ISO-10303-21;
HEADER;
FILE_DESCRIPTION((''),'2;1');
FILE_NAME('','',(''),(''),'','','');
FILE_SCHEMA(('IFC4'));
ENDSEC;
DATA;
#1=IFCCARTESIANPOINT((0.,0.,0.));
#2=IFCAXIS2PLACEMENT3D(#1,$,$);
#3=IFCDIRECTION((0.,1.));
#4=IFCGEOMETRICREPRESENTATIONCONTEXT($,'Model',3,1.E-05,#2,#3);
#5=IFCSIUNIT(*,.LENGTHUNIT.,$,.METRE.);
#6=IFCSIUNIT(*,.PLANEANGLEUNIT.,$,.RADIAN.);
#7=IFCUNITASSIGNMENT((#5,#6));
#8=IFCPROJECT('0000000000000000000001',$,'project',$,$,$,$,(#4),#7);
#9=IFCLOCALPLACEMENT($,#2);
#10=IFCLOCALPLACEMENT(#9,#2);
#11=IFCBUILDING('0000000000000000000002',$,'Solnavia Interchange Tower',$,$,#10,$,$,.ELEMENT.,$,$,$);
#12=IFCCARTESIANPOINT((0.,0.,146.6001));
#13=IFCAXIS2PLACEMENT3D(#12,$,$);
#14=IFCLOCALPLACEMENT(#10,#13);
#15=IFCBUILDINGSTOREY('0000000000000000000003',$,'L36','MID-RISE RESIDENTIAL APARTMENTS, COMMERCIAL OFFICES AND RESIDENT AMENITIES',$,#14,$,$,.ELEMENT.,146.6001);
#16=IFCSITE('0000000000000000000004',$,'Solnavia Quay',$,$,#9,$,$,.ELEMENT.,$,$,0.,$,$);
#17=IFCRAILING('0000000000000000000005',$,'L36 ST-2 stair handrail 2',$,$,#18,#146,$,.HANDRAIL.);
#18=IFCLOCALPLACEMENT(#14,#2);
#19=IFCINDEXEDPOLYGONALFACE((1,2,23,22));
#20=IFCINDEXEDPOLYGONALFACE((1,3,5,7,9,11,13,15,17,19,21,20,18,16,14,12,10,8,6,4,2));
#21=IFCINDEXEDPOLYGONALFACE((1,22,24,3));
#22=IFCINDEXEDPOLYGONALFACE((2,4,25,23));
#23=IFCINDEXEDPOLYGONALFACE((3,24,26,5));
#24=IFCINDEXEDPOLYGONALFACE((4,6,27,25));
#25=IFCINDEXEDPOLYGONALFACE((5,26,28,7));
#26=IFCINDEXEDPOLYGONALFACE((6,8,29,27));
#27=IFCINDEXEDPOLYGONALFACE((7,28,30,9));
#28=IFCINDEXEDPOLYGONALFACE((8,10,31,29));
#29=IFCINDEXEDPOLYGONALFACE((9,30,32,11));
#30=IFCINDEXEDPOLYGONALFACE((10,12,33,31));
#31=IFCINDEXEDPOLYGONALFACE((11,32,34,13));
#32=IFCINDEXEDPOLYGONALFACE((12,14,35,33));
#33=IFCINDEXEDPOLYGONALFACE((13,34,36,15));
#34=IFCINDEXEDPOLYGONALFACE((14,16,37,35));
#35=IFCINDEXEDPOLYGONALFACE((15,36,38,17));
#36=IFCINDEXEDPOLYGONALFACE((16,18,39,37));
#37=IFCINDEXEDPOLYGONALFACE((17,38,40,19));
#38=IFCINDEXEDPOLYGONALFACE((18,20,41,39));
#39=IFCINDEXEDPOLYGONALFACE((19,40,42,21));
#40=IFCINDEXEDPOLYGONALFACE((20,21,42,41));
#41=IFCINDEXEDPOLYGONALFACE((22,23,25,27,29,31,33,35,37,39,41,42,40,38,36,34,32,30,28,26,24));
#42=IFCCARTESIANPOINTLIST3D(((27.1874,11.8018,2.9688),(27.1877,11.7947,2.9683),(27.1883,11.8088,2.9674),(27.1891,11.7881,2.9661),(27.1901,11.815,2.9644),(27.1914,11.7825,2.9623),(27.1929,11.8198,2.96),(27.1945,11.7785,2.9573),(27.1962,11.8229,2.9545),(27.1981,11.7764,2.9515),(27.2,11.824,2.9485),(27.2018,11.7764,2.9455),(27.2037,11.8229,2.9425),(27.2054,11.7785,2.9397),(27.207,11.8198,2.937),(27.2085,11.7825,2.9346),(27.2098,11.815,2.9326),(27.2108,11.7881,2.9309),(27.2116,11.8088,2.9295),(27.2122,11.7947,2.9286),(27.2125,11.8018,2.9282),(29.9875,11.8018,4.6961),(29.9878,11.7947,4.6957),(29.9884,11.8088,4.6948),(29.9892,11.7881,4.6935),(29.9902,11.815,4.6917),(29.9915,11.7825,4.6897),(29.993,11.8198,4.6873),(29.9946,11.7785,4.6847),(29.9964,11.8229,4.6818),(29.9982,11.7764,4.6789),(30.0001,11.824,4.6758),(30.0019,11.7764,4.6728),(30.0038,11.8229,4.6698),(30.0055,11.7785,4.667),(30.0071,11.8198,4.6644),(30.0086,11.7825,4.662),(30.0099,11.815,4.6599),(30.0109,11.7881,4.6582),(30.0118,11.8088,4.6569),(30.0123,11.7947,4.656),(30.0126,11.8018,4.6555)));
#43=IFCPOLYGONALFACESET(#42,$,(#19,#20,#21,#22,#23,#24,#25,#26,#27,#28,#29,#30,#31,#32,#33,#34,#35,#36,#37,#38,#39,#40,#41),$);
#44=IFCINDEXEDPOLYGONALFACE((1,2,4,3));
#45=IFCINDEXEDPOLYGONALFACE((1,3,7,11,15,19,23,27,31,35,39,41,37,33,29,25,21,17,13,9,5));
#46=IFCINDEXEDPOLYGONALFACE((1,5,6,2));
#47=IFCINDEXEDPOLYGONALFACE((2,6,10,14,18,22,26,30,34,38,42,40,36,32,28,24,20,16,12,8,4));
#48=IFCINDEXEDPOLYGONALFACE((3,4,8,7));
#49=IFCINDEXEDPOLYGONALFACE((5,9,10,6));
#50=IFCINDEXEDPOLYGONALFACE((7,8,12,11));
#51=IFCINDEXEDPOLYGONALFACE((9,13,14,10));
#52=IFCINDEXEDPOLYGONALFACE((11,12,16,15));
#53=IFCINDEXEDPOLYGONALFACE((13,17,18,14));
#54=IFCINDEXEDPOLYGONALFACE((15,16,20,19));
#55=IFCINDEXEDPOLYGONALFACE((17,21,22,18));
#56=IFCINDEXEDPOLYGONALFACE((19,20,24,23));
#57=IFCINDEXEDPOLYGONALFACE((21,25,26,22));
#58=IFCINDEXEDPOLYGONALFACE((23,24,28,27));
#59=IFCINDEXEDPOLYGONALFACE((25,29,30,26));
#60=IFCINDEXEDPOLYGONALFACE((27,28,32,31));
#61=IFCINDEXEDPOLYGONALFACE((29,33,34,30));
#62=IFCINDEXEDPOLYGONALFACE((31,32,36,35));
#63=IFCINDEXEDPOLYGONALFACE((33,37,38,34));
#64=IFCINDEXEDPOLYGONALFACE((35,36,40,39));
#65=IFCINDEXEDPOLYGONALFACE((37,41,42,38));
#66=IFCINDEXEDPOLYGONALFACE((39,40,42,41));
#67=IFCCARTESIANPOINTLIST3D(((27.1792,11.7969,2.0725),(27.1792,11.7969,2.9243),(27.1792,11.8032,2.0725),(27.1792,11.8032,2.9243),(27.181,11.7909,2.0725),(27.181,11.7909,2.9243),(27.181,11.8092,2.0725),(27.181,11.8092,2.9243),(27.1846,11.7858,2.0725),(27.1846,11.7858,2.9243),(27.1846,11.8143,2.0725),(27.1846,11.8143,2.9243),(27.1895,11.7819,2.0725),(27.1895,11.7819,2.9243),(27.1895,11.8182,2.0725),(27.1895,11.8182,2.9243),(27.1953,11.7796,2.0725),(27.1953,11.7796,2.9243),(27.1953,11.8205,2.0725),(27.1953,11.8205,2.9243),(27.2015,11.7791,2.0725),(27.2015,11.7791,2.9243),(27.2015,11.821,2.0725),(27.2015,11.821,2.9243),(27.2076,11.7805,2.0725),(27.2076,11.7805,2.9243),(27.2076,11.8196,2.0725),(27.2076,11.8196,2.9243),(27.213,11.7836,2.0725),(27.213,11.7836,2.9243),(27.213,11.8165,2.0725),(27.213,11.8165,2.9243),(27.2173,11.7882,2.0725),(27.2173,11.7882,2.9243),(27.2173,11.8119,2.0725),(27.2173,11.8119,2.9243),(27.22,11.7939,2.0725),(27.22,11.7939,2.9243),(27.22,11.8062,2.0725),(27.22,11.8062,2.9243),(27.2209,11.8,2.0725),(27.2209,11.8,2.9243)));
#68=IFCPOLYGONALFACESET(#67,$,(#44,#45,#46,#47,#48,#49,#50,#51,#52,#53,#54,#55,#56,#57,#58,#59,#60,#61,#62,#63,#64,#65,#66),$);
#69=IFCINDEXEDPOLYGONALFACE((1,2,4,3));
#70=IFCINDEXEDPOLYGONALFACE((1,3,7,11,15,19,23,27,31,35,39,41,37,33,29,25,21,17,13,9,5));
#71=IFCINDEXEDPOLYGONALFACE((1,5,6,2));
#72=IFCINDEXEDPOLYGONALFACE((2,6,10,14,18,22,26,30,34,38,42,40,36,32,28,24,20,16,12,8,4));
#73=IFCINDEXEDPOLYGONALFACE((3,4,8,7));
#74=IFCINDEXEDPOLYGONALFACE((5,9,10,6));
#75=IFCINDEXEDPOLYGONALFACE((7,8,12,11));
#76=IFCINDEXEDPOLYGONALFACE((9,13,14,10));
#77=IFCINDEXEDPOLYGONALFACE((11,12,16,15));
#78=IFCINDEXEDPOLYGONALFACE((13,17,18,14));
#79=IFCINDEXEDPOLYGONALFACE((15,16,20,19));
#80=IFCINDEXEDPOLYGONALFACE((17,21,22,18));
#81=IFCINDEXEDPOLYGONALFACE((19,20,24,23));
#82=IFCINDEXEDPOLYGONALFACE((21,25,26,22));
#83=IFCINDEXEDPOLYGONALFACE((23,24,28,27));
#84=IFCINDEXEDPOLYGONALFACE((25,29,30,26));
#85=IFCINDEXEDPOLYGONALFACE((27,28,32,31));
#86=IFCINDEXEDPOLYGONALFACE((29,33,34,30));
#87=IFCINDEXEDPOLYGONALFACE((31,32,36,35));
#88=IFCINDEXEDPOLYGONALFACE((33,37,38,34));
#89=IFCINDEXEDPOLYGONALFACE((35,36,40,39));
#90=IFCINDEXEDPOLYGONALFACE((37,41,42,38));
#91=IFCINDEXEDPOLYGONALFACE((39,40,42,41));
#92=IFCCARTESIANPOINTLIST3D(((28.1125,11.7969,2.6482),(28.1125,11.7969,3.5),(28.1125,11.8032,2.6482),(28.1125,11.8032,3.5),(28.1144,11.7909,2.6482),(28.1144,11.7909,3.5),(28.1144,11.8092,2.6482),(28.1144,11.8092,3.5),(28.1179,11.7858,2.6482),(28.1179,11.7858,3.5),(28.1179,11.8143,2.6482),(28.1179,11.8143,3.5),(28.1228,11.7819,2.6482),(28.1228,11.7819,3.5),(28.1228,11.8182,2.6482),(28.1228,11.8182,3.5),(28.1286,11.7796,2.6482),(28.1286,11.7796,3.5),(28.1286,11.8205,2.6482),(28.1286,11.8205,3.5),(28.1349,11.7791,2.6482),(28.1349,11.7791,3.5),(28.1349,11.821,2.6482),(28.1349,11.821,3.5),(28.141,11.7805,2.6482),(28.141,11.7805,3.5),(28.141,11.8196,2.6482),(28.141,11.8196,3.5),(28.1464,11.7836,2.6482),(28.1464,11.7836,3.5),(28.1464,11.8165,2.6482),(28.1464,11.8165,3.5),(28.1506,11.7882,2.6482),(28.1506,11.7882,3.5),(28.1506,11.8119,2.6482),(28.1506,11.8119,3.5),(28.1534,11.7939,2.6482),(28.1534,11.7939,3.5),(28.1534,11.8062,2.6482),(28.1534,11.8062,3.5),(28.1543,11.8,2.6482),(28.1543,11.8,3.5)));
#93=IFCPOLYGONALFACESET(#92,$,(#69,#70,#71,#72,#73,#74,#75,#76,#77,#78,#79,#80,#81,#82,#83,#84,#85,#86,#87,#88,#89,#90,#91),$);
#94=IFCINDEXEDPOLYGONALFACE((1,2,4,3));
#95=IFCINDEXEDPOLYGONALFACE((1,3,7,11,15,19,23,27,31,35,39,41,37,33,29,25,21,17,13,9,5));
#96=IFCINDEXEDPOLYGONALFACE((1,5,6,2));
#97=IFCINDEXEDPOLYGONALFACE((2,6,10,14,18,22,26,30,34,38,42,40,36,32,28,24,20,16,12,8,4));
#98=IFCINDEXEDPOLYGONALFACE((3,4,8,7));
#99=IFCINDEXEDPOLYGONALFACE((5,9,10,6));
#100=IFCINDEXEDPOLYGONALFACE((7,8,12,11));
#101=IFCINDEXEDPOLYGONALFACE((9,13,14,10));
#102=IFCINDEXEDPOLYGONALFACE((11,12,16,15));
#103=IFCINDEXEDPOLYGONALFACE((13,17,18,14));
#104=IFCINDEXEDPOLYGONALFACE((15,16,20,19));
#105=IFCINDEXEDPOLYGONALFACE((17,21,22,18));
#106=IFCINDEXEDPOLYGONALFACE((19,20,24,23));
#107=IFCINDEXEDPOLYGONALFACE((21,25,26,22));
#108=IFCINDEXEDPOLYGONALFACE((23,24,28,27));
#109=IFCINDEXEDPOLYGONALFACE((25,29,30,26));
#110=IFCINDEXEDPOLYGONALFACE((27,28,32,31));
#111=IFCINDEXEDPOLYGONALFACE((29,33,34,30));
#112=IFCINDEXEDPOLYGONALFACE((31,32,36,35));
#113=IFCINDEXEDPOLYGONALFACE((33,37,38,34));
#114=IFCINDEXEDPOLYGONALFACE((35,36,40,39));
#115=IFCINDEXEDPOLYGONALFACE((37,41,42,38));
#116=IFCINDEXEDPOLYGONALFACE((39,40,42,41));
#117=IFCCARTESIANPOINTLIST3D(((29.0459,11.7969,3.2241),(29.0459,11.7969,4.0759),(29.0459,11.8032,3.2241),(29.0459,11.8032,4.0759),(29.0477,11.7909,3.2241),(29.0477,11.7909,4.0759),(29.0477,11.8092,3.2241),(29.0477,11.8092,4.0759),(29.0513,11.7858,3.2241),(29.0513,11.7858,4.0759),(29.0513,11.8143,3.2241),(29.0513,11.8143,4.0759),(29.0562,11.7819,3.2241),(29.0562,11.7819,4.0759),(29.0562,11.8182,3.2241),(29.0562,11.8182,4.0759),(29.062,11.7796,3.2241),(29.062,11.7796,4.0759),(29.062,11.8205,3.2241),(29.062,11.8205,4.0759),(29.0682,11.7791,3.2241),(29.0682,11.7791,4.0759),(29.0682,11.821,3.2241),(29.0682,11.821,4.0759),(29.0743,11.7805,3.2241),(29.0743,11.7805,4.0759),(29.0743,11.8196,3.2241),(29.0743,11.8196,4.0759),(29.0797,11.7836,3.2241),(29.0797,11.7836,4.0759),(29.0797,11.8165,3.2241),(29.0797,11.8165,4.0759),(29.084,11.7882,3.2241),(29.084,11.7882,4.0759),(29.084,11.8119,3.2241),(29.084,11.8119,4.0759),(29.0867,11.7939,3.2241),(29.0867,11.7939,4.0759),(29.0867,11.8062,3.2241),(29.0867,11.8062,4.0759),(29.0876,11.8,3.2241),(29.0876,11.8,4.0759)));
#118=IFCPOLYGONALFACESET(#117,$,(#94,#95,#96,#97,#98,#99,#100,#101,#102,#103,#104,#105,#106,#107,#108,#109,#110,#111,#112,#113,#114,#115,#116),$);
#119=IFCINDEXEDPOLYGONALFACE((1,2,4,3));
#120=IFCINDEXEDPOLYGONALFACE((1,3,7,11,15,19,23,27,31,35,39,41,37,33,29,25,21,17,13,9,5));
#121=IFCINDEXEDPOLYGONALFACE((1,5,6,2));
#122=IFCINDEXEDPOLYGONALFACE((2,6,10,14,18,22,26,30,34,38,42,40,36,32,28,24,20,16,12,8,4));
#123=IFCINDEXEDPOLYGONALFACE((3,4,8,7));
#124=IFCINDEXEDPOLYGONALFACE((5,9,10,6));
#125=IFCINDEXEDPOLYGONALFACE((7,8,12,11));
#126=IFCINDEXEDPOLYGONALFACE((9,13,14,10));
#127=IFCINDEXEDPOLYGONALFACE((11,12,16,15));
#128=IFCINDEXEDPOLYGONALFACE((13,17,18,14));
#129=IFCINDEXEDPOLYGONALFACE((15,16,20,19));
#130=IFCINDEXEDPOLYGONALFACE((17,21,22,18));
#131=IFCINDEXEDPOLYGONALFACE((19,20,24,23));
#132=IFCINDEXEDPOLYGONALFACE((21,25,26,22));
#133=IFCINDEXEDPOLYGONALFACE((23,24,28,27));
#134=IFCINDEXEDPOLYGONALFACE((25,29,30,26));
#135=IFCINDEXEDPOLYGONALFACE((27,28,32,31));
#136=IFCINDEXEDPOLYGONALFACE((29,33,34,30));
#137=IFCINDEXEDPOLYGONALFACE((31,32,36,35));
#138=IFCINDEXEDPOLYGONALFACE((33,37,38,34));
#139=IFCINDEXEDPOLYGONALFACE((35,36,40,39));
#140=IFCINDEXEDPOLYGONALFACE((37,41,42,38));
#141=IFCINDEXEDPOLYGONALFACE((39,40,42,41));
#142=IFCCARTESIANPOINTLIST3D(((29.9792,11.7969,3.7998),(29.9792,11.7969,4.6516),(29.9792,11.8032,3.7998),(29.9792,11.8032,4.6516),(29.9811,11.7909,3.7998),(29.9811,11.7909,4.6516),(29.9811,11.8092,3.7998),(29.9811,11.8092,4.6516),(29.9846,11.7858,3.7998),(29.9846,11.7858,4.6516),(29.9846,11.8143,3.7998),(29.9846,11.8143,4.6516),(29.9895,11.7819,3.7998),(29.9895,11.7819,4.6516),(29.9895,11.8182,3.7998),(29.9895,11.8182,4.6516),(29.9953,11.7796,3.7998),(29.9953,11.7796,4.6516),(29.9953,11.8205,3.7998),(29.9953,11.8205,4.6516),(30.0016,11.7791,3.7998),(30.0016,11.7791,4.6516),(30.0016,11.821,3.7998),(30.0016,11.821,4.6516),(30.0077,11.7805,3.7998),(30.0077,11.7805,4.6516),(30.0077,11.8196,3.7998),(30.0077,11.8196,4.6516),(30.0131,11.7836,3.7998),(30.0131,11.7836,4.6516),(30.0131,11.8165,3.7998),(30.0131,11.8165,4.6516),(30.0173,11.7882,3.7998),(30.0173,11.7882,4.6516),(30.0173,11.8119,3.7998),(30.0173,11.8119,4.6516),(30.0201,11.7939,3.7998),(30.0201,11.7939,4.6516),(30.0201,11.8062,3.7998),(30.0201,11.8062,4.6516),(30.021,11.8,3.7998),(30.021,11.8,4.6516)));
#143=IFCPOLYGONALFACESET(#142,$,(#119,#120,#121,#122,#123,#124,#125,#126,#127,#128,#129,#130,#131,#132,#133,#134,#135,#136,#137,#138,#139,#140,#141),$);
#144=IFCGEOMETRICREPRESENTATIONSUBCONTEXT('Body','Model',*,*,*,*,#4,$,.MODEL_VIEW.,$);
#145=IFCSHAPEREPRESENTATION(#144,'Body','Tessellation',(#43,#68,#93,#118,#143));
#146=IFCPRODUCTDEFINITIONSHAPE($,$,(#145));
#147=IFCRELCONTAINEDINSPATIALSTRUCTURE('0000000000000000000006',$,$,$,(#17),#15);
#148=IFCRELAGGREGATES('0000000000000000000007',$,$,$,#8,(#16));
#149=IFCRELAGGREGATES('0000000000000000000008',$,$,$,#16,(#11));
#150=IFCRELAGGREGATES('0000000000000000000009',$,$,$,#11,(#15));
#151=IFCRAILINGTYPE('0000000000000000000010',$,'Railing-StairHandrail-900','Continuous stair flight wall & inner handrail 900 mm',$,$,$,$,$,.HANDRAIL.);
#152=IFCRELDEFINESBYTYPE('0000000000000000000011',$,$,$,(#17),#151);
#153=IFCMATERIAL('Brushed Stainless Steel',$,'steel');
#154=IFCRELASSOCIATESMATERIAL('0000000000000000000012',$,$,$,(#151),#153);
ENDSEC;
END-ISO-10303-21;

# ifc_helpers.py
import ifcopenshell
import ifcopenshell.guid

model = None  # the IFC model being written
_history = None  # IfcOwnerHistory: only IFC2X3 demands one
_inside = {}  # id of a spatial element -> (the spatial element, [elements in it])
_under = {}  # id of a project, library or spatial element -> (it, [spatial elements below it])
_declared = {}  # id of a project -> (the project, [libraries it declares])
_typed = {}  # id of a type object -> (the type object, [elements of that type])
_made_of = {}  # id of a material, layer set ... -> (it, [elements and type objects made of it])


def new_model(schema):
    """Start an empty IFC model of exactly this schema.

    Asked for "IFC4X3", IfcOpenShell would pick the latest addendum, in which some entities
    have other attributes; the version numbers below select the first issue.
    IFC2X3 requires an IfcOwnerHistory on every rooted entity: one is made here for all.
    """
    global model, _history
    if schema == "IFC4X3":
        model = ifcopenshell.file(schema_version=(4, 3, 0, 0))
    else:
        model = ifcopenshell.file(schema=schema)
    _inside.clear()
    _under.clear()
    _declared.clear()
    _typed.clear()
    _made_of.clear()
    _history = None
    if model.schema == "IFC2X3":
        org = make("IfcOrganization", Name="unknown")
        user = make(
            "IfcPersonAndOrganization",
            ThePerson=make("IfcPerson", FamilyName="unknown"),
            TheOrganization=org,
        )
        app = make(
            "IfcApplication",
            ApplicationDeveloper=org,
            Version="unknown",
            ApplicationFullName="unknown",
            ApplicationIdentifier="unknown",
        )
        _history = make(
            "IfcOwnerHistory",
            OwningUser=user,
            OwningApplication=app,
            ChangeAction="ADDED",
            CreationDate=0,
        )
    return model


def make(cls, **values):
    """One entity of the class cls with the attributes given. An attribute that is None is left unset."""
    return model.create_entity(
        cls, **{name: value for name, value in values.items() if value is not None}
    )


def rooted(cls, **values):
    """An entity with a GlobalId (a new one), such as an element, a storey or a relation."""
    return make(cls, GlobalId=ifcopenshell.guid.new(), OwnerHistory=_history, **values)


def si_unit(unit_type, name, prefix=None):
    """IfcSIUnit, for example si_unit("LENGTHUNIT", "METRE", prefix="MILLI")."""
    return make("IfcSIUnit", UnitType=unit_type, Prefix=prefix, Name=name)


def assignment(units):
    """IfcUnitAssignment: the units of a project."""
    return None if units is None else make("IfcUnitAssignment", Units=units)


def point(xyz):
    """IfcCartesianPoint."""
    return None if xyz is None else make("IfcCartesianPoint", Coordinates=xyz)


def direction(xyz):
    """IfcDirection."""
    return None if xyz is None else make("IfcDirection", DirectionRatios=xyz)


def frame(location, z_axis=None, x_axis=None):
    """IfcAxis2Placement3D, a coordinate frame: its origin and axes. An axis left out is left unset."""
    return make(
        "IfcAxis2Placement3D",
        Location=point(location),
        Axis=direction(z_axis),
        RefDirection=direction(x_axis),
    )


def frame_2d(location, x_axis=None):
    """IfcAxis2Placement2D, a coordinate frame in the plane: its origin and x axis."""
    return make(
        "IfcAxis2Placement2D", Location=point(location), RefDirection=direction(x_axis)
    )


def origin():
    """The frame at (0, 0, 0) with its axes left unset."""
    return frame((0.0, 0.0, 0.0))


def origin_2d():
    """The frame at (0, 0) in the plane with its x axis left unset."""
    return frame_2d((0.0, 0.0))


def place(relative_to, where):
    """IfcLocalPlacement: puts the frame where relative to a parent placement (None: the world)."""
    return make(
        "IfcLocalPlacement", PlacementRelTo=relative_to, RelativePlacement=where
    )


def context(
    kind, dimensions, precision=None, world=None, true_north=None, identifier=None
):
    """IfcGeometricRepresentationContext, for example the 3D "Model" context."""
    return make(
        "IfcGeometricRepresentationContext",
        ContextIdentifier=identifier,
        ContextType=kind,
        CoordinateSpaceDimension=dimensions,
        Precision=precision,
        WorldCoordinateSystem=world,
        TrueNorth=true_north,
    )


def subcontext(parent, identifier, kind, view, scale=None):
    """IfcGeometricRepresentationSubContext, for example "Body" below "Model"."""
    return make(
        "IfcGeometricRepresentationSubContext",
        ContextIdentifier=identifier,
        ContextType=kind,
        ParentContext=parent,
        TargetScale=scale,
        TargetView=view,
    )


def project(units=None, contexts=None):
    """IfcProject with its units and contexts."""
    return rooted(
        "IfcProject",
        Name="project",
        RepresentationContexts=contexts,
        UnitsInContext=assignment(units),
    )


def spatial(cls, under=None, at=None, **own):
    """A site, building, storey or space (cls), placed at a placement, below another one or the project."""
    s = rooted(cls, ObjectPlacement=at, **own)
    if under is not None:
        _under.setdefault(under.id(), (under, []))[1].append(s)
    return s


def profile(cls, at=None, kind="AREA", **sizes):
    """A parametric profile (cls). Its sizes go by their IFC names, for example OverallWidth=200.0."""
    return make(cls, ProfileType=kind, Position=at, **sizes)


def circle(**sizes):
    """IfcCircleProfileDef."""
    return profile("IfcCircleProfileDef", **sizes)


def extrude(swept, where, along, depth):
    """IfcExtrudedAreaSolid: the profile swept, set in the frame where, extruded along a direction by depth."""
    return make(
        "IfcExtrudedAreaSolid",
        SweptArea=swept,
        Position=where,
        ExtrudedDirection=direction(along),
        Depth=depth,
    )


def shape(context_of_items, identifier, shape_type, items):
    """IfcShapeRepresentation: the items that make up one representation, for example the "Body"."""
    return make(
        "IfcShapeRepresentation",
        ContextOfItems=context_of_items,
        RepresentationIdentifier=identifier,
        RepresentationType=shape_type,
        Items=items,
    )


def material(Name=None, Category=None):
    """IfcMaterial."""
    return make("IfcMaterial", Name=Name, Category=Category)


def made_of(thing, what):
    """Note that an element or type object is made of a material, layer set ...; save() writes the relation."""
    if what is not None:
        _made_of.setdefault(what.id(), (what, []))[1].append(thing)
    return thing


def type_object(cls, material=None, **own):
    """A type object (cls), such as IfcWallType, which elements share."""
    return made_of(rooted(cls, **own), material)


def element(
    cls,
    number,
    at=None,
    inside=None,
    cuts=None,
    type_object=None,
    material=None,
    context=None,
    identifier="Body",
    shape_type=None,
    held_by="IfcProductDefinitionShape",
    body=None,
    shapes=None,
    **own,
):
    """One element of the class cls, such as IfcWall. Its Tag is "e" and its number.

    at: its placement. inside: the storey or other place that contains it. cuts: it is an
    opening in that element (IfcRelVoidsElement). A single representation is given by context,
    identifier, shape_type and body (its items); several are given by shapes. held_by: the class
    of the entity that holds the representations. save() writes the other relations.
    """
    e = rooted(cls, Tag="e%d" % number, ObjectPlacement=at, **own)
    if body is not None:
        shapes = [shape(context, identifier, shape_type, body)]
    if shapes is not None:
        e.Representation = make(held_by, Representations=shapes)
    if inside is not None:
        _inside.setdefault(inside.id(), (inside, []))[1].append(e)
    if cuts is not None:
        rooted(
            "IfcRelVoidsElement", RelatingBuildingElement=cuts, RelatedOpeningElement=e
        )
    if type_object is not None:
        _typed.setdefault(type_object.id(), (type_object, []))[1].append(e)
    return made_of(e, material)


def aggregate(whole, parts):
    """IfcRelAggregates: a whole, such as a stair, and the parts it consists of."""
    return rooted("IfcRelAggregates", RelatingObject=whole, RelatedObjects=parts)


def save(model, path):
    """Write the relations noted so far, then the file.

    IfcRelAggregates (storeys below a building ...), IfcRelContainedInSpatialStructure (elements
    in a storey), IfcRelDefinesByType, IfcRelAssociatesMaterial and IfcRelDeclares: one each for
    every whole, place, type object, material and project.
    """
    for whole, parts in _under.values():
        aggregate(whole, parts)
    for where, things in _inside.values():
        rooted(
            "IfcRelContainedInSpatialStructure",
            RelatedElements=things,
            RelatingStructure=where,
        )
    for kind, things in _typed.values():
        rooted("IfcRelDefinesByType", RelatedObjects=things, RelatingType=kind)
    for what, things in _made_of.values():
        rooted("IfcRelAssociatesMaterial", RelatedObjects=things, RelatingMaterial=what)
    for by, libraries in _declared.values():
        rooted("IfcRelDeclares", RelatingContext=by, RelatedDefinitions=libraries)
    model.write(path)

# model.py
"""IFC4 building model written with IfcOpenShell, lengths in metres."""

from ifc_helpers import new_model, si_unit, direction, frame, origin, origin_2d, place, context, subcontext, project, spatial, circle, extrude, material, type_object, element, save


model = new_model("IFC4")

# Units and contexts
model_context = context("Model", 3, precision=1e-05, world=origin(), true_north=direction((0.0, 1.0)))
body_context = subcontext(model_context, "Body", "Model", "MODEL_VIEW")
ifc_project = project(units=[si_unit("LENGTHUNIT", "METRE"), si_unit("PLANEANGLEUNIT", "RADIAN")], contexts=[model_context])

# Site, building, storey
site_placement = place(None, origin())
site = spatial("IfcSite", under=ifc_project, at=site_placement, Name="Solnavia Quay", CompositionType="ELEMENT", RefElevation=0.0)
building_placement = place(site_placement, origin())
building = spatial("IfcBuilding", under=site, at=building_placement, Name="Solnavia Interchange Tower", CompositionType="ELEMENT")
storey_placement = place(building_placement, frame((0.0, 0.0, 146.6001)))
storey = spatial("IfcBuildingStorey", under=building, at=storey_placement, Name="L36", Description="MID-RISE RESIDENTIAL APARTMENTS, COMMERCIAL OFFICES AND RESIDENT AMENITIES", CompositionType="ELEMENT", Elevation=146.6001)

# Railing
ifc_material_1 = material(Name="Brushed Stainless Steel", Category="steel")
railing_type_1 = type_object("IfcRailingType", Name="Railing-StairHandrail-900", Description="Continuous stair flight wall & inner handrail 900 mm", PredefinedType="HANDRAIL", material=ifc_material_1)
railing_1_placement = place(storey_placement, frame((27.2, 11.8, 2.0725)))
element("IfcRailing", 1, at=railing_1_placement, inside=storey, type_object=railing_type_1, Name="L36 ST-2 stair handrail 2", PredefinedType="HANDRAIL", context=body_context, shape_type="SweptSolid", body=[
    extrude(circle(Radius=0.0239, at=origin_2d()), frame((0.0, 0.0, 0.876), z_axis=(0.85109, 0.0, 0.52502), x_axis=(0.0, 1.0, 0.0)), (0.0, 0.0, 1.0), 3.29),
    extrude(circle(Radius=0.021, at=origin_2d()), origin(), (0.0, 0.0, 1.0), 0.8518),
    extrude(circle(Radius=0.021, at=origin_2d()), frame((0.9333, 0.0, 0.5757)), (0.0, 0.0, 1.0), 0.8518),
    extrude(circle(Radius=0.021, at=origin_2d()), frame((1.8667, 0.0, 1.1516)), (0.0, 0.0, 1.0), 0.8518),
    extrude(circle(Radius=0.021, at=origin_2d()), frame((2.8, 0.0, 1.7273)), (0.0, 0.0, 1.0), 0.8518),
])

save(model, "model.ifc")
